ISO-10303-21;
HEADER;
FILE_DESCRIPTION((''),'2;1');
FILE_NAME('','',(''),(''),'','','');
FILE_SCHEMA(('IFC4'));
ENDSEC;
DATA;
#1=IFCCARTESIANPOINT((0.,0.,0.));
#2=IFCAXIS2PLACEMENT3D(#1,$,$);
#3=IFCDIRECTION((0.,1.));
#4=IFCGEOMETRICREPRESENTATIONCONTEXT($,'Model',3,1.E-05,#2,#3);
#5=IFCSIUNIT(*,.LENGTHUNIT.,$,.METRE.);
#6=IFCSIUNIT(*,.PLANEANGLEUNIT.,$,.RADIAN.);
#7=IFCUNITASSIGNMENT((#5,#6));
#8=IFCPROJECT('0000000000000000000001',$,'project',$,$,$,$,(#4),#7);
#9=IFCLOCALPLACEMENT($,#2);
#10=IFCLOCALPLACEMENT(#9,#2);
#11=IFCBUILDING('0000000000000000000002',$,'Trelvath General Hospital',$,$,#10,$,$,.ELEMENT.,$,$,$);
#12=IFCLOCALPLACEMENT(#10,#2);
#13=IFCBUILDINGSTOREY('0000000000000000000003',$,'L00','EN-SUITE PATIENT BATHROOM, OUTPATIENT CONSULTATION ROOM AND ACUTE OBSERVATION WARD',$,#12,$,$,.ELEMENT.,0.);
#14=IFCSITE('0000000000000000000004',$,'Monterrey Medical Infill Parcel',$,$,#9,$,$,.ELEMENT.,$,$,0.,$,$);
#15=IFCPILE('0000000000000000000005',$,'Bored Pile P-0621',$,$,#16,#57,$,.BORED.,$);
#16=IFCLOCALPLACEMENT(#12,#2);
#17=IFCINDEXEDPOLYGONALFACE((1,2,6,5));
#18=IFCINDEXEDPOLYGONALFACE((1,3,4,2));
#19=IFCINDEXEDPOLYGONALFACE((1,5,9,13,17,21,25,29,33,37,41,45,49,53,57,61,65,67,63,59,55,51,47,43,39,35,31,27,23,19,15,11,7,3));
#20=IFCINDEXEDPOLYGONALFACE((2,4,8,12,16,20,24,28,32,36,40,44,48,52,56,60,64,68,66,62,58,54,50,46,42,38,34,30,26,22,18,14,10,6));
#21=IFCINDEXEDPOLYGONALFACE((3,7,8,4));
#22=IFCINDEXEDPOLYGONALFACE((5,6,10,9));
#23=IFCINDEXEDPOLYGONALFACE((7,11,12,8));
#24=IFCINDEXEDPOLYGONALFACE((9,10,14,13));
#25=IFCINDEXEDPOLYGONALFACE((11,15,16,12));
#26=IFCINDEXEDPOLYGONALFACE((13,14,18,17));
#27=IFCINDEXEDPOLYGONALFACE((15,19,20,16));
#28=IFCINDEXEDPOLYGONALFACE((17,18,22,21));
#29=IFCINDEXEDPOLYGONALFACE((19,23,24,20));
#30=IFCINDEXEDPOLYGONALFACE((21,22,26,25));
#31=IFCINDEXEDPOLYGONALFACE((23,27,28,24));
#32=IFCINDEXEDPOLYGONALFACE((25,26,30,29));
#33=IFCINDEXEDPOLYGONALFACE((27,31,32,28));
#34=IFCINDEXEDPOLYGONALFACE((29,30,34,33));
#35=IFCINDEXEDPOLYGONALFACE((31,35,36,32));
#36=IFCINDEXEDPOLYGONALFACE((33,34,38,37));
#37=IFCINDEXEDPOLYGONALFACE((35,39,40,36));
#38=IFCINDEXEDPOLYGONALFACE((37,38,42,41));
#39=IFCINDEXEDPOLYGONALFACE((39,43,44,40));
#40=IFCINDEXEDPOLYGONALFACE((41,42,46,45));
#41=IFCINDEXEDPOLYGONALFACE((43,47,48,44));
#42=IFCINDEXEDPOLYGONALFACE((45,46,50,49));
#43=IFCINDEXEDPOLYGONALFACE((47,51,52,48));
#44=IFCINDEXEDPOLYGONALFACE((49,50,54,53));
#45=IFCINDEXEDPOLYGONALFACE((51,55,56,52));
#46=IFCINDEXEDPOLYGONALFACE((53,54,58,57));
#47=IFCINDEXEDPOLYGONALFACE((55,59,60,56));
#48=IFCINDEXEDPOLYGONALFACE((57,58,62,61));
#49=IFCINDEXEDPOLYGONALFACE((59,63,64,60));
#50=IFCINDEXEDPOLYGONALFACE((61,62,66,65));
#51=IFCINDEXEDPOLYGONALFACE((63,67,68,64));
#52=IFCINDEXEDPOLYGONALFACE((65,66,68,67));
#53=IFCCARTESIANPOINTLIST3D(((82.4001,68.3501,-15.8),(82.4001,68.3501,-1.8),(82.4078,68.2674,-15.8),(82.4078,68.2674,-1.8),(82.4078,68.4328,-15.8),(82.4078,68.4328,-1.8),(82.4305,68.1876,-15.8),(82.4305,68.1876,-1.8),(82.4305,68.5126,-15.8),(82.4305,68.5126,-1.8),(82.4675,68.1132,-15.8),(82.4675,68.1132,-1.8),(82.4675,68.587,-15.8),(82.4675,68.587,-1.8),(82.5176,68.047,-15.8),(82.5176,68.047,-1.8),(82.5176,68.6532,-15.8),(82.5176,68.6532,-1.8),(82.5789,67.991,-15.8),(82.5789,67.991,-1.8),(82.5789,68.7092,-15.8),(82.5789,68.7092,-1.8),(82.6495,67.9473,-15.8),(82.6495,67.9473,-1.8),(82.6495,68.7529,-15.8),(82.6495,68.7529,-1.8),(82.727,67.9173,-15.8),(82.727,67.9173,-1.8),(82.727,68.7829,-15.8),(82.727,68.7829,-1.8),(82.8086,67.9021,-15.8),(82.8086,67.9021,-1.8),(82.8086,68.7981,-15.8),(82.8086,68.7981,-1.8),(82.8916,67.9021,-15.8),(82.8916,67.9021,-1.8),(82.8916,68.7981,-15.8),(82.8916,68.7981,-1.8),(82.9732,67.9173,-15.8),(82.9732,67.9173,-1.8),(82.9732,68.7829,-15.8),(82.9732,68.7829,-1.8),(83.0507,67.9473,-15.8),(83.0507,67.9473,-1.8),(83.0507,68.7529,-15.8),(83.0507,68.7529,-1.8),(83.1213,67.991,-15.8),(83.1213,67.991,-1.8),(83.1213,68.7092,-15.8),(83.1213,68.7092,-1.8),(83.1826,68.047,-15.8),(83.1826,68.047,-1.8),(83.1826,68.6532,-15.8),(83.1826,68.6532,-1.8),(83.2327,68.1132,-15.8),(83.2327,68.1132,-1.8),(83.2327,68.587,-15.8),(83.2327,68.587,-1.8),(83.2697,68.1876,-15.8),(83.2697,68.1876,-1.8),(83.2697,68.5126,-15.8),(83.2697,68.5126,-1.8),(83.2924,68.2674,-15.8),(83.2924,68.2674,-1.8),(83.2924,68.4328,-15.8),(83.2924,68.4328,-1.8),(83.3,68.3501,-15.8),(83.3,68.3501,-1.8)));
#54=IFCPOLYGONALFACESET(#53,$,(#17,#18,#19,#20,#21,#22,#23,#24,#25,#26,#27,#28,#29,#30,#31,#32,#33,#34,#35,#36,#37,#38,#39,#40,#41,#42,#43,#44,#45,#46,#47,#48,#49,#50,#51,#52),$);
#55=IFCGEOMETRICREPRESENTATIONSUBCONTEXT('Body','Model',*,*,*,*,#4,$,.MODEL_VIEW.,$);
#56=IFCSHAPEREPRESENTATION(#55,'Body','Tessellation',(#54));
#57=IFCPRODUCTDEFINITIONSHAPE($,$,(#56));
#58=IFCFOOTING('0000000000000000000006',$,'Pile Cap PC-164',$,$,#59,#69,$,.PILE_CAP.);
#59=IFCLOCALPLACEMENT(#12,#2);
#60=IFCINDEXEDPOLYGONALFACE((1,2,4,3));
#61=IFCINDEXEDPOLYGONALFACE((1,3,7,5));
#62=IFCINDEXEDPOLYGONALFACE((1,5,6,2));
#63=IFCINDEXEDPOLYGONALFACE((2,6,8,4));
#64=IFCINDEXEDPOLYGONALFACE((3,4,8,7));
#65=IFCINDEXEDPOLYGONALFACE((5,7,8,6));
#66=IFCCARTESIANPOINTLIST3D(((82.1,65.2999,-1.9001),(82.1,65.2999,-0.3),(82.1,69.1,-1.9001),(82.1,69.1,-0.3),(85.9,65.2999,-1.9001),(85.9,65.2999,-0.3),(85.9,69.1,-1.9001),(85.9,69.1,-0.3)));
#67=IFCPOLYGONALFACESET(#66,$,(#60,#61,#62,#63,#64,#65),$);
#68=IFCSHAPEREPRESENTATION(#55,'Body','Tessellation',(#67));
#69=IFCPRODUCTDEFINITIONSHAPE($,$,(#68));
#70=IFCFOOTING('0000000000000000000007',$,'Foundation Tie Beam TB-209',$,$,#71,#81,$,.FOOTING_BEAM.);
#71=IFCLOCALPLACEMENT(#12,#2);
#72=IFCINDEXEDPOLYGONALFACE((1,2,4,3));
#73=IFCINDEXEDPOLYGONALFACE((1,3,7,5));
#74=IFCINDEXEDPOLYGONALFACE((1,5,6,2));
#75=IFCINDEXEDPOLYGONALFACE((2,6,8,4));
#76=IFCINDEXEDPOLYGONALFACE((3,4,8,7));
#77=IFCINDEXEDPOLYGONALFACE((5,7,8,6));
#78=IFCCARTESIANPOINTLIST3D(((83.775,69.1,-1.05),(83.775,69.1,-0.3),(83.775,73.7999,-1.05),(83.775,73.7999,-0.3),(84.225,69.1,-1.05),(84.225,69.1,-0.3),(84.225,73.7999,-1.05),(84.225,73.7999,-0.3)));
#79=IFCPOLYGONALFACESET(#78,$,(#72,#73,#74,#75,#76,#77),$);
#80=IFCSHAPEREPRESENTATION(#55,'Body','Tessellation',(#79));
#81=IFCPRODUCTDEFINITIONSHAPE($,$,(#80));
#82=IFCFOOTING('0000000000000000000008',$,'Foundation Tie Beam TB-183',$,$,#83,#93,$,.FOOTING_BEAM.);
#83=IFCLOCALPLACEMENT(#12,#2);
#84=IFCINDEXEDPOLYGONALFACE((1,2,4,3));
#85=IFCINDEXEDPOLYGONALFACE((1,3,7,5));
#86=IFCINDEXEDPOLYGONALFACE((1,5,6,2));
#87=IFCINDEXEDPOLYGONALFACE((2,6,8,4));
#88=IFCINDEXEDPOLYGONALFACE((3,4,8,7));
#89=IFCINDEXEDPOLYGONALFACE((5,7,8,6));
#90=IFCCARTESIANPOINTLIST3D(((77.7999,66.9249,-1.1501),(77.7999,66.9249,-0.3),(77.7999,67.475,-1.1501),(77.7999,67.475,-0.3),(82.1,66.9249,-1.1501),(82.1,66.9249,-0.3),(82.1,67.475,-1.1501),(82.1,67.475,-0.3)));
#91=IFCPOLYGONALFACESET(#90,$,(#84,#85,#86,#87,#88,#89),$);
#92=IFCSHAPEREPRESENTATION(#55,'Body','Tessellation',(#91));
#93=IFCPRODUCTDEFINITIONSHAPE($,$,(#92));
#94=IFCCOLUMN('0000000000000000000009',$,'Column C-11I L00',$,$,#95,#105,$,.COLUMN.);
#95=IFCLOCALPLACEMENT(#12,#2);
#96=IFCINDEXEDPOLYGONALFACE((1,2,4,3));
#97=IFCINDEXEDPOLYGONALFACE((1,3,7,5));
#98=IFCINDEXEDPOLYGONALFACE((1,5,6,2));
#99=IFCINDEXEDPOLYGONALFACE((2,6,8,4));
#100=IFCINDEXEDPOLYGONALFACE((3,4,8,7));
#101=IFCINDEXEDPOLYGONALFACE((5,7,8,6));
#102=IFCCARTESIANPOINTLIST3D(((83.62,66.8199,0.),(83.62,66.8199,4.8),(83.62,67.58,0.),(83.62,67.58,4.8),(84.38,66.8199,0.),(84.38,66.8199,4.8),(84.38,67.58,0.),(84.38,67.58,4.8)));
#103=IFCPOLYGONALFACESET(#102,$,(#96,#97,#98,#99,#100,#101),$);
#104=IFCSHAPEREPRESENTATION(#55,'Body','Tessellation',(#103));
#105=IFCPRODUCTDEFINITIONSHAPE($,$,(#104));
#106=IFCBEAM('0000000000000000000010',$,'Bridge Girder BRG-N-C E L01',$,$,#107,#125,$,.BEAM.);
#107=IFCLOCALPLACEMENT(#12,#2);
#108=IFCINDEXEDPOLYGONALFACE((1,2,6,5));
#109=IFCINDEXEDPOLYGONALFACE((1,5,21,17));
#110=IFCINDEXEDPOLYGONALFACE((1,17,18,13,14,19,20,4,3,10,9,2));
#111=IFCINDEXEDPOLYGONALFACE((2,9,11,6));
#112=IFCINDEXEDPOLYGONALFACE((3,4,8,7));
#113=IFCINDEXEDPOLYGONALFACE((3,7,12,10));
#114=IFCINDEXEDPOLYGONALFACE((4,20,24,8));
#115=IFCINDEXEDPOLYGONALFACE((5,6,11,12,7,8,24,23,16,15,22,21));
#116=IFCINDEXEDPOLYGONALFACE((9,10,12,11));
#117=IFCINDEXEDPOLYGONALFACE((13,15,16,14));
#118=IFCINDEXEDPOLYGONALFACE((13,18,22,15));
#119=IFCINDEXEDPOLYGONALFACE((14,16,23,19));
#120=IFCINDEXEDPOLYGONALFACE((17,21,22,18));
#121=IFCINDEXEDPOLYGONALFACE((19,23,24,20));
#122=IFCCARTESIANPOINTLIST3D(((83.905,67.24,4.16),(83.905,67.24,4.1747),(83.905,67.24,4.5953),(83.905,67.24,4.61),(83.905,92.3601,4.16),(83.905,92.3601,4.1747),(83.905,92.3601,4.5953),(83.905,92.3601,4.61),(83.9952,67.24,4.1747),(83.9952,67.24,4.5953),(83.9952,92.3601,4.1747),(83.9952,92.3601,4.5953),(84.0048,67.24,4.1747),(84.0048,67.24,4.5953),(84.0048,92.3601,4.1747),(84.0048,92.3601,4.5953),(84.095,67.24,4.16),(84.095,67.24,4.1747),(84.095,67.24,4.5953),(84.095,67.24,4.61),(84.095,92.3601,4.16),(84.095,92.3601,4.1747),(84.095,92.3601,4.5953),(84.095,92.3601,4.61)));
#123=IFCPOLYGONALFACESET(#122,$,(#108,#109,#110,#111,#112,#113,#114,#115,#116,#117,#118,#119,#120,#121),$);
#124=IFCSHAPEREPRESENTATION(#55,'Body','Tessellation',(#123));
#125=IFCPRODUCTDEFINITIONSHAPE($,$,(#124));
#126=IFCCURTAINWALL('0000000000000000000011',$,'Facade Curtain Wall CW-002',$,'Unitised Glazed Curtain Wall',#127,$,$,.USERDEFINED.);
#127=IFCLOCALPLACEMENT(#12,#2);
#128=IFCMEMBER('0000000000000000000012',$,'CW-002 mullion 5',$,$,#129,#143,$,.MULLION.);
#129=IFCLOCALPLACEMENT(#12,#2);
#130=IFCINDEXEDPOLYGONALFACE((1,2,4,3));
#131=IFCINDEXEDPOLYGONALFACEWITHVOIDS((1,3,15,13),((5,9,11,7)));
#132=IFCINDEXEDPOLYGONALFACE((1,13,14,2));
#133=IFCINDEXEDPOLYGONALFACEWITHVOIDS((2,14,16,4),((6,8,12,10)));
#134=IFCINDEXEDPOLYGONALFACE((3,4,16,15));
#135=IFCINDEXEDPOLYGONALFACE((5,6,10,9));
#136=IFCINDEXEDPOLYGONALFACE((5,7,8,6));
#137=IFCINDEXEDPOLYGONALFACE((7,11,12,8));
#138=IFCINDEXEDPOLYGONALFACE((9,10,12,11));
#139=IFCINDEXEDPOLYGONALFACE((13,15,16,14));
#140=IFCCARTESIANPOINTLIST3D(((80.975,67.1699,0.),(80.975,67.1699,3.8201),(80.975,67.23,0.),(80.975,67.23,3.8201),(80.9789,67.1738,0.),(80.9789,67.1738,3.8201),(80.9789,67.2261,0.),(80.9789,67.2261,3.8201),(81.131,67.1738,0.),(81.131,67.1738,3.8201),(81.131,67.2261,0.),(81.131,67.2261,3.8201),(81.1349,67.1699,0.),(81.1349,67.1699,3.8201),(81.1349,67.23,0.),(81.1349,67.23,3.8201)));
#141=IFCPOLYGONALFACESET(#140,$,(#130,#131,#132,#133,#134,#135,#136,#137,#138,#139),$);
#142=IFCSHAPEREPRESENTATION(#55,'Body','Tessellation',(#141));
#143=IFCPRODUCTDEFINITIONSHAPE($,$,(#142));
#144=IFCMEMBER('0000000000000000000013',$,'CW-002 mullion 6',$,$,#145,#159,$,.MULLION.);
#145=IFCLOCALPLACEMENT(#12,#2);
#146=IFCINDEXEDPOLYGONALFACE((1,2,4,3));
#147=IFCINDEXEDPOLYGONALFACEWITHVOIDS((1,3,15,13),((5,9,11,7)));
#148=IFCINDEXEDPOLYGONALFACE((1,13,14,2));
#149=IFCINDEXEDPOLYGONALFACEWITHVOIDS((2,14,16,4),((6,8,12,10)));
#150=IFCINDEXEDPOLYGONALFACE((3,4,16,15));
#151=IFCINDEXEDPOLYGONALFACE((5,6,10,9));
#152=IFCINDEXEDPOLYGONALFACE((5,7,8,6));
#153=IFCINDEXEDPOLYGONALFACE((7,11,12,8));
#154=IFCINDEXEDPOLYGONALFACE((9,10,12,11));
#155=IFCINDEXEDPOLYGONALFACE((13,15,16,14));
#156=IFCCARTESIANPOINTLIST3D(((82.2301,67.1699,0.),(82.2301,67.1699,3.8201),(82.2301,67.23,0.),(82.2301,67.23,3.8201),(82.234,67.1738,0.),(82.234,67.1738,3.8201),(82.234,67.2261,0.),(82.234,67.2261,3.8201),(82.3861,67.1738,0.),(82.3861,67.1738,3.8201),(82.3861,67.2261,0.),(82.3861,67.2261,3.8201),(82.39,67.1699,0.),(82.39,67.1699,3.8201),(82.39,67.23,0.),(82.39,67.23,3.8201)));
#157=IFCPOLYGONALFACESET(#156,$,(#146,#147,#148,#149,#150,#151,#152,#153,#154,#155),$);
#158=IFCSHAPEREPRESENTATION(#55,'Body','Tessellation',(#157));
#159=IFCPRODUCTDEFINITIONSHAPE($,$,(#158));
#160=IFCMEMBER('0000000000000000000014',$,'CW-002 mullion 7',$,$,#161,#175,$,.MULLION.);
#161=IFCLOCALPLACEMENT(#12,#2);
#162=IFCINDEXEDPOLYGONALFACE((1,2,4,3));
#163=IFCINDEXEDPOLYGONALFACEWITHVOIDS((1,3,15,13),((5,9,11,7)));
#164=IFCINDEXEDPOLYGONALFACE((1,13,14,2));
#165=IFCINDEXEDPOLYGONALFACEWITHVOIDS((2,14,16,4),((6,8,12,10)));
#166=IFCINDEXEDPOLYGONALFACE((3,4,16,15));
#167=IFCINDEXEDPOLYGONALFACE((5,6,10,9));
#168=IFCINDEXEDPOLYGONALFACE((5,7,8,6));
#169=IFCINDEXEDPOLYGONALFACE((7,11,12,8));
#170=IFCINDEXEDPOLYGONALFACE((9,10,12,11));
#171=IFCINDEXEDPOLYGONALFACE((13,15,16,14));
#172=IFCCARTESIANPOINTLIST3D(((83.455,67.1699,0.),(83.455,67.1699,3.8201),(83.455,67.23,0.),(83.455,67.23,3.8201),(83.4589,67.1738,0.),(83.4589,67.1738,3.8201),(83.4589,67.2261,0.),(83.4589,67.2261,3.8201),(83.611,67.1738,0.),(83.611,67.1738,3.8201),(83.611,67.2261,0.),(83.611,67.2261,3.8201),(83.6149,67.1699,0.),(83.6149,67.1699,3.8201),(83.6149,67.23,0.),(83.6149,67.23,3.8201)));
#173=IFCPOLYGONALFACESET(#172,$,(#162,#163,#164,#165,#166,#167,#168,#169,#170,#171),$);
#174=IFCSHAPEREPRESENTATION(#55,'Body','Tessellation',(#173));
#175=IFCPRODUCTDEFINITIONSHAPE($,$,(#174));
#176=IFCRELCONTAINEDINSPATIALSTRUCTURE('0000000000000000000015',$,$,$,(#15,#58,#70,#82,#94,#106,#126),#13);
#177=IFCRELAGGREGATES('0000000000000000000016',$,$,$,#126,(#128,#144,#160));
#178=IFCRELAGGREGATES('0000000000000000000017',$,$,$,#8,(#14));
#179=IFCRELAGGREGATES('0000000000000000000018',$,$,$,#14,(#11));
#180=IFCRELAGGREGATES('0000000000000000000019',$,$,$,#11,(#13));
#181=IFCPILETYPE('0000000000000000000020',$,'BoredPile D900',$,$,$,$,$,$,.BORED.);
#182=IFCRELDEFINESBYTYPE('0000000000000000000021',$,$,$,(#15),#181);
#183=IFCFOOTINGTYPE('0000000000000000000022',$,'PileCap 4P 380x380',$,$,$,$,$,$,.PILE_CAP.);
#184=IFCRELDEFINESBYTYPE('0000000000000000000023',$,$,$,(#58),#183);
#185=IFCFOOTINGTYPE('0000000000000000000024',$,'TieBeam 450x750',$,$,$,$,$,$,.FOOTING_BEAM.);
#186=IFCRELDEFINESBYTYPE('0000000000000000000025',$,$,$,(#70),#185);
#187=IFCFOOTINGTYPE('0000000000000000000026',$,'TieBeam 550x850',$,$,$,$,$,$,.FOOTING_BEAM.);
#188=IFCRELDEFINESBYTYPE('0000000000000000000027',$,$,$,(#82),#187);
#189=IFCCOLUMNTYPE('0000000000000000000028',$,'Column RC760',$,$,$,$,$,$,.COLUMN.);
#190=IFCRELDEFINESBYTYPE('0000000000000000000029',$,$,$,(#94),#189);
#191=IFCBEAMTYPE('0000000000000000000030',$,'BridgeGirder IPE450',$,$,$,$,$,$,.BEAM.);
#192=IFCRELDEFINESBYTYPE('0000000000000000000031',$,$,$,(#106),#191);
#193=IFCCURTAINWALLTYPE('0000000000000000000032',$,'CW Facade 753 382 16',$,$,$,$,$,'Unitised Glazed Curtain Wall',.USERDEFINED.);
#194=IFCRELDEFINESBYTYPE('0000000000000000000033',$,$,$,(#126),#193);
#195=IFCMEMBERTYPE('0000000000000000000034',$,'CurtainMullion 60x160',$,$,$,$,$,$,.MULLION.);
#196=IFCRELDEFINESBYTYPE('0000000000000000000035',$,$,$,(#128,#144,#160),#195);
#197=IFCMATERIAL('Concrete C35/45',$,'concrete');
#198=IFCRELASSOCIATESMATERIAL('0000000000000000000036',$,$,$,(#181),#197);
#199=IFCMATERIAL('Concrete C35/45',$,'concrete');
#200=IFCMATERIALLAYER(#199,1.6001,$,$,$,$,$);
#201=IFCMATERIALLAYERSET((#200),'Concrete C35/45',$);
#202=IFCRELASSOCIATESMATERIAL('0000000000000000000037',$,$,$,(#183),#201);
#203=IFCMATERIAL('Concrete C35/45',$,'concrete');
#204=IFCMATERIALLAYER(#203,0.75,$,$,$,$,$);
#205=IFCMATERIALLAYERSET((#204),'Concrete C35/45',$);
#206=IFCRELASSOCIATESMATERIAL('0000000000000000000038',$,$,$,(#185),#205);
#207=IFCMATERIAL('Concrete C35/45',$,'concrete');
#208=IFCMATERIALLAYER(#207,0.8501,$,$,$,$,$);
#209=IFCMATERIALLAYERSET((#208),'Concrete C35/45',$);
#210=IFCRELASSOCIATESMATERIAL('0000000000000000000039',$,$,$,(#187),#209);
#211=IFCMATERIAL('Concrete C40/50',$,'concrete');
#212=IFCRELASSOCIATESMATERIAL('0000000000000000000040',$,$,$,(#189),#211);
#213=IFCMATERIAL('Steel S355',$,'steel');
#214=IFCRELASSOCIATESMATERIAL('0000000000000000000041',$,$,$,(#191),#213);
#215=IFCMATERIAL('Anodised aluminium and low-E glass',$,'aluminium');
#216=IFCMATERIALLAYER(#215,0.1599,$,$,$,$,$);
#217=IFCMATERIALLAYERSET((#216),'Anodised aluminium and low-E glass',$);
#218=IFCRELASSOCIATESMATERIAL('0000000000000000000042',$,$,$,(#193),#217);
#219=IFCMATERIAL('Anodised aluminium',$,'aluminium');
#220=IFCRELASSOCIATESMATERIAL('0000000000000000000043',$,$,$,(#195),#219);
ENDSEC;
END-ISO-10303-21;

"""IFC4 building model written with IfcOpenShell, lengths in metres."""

from ifc_helpers import new_model, si_unit, direction, frame, origin, origin_2d, place, context, subcontext, project, spatial, rectangle, hollow_rectangle, circle, i_section, extrude, material, layer, layer_set, material_profile, profile_set, type_object, element, aggregate, save


model = new_model("IFC4")

# Units and contexts
model_context = context("Model", 3, precision=1e-05, world=origin(), true_north=direction((0.0, 1.0)))
body_context = subcontext(model_context, "Body", "Model", "MODEL_VIEW")
ifc_project = project(units=[si_unit("LENGTHUNIT", "METRE"), si_unit("PLANEANGLEUNIT", "RADIAN")], contexts=[model_context])

# Site, building, storey
site_placement = place(None, origin())
site = spatial("IfcSite", under=ifc_project, at=site_placement, Name="Monterrey Medical Infill Parcel", CompositionType="ELEMENT", RefElevation=0.0)
building_placement = place(site_placement, origin())
building = spatial("IfcBuilding", under=site, at=building_placement, Name="Trelvath General Hospital", CompositionType="ELEMENT")
storey_placement = place(building_placement, origin())
storey = spatial("IfcBuildingStorey", under=building, at=storey_placement, Name="L00", Description="EN-SUITE PATIENT BATHROOM, OUTPATIENT CONSULTATION ROOM AND ACUTE OBSERVATION WARD", CompositionType="ELEMENT", Elevation=0.0)

# Pile
ifc_material_1 = material(Name="Concrete C35/45", Category="concrete")
ifc_material_profile_1 = material_profile(ifc_material_1, circle(Radius=0.45, at=origin_2d()), Name="PILE900")
ifc_profile_set_1 = profile_set([ifc_material_profile_1], Name="Concrete C35/45")
pile_type = type_object("IfcPileType", Name="BoredPile D900", PredefinedType="BORED", material=ifc_profile_set_1)
pile_placement = place(storey_placement, frame((82.8501, 68.3501, -1.8), z_axis=(0.0, 0.0, -1.0), x_axis=(1.0, 0.0, 0.0)))
element("IfcPile", 1, at=pile_placement, inside=storey, type_object=pile_type, Name="Bored Pile P-0621", PredefinedType="BORED", context=body_context, shape_type="SweptSolid", body=[
    extrude(circle(Radius=0.45, at=origin_2d()), origin(), (0.0, 0.0, 1.0), 14.0),
])

# Footings
ifc_material_2 = material(Name="Concrete C35/45", Category="concrete")
ifc_layer_1 = layer(ifc_material_2, 1.6001)
ifc_layer_set_1 = layer_set([ifc_layer_1], Name="Concrete C35/45")
footing_type_1 = type_object("IfcFootingType", Name="PileCap 4P 380x380", PredefinedType="PILE_CAP", material=ifc_layer_set_1)
footing_1_placement = place(storey_placement, frame((84.0, 67.2, -1.9001), z_axis=(0.0, 0.0, 1.0), x_axis=(1.0, 0.0, 0.0)))
element("IfcFooting", 2, at=footing_1_placement, inside=storey, type_object=footing_type_1, Name="Pile Cap PC-164", PredefinedType="PILE_CAP", context=body_context, shape_type="SweptSolid", body=[
    extrude(rectangle(XDim=3.8, YDim=3.8, at=origin_2d()), origin(), (0.0, 0.0, 1.0), 1.6001),
])
ifc_material_3 = material(Name="Concrete C35/45", Category="concrete")
ifc_layer_2 = layer(ifc_material_3, 0.75)
ifc_layer_set_2 = layer_set([ifc_layer_2], Name="Concrete C35/45")
footing_type_2 = type_object("IfcFootingType", Name="TieBeam 450x750", PredefinedType="FOOTING_BEAM", material=ifc_layer_set_2)
footing_2_placement = place(storey_placement, frame((84.0, 71.45, -1.05), z_axis=(0.0, 0.0, 1.0), x_axis=(1.0, 0.0, 0.0)))
element("IfcFooting", 3, at=footing_2_placement, inside=storey, type_object=footing_type_2, Name="Foundation Tie Beam TB-209", PredefinedType="FOOTING_BEAM", context=body_context, shape_type="SweptSolid", body=[
    extrude(rectangle(XDim=0.45, YDim=4.7, at=origin_2d()), origin(), (0.0, 0.0, 1.0), 0.75),
])
ifc_material_4 = material(Name="Concrete C35/45", Category="concrete")
ifc_layer_3 = layer(ifc_material_4, 0.8501)
ifc_layer_set_3 = layer_set([ifc_layer_3], Name="Concrete C35/45")
footing_type_3 = type_object("IfcFootingType", Name="TieBeam 550x850", PredefinedType="FOOTING_BEAM", material=ifc_layer_set_3)
footing_3_placement = place(storey_placement, frame((79.95, 67.2, -1.1501), z_axis=(0.0, 0.0, 1.0), x_axis=(1.0, 0.0, 0.0)))
element("IfcFooting", 4, at=footing_3_placement, inside=storey, type_object=footing_type_3, Name="Foundation Tie Beam TB-183", PredefinedType="FOOTING_BEAM", context=body_context, shape_type="SweptSolid", body=[
    extrude(rectangle(XDim=4.3, YDim=0.55, at=origin_2d()), origin(), (0.0, 0.0, 1.0), 0.8501),
])

# Column
ifc_material_5 = material(Name="Concrete C40/50", Category="concrete")
ifc_material_profile_2 = material_profile(ifc_material_5, rectangle(XDim=0.76, YDim=0.76, at=origin_2d()), Name="RC760x760")
ifc_profile_set_2 = profile_set([ifc_material_profile_2], Name="Concrete C40/50")
column_type = type_object("IfcColumnType", Name="Column RC760", PredefinedType="COLUMN", material=ifc_profile_set_2)
column_placement = place(storey_placement, frame((84.0, 67.2, 0.0), z_axis=(0.0, 0.0, 1.0), x_axis=(1.0, 0.0, 0.0)))
element("IfcColumn", 5, at=column_placement, inside=storey, type_object=column_type, Name="Column C-11I L00", PredefinedType="COLUMN", context=body_context, shape_type="SweptSolid", body=[
    extrude(rectangle(XDim=0.76, YDim=0.76, at=origin_2d()), origin(), (0.0, 0.0, 1.0), 4.8),
])

# Beam
ifc_material_6 = material(Name="Steel S355", Category="steel")
ifc_material_profile_3 = material_profile(ifc_material_6, i_section(OverallWidth=0.1899, OverallDepth=0.45, WebThickness=0.0095, FlangeThickness=0.0146, at=origin_2d()), Name="IPE450")
ifc_profile_set_3 = profile_set([ifc_material_profile_3], Name="Steel S355")
beam_type = type_object("IfcBeamType", Name="BridgeGirder IPE450", PredefinedType="BEAM", material=ifc_profile_set_3)
beam_placement = place(storey_placement, frame((84.0, 67.24, 4.385), z_axis=(0.0, 1.0, 0.0), x_axis=(-1.0, 0.0, 0.0)))
element("IfcBeam", 6, at=beam_placement, inside=storey, type_object=beam_type, Name="Bridge Girder BRG-N-C E L01", PredefinedType="BEAM", context=body_context, shape_type="SweptSolid", body=[
    extrude(i_section(OverallWidth=0.1899, OverallDepth=0.45, WebThickness=0.0095, FlangeThickness=0.0146, at=origin_2d()), origin(), (0.0, 0.0, 1.0), 25.1201),
])

# Curtain wall, members
ifc_material_7 = material(Name="Anodised aluminium and low-E glass", Category="aluminium")
ifc_layer_4 = layer(ifc_material_7, 0.1599)
ifc_layer_set_4 = layer_set([ifc_layer_4], Name="Anodised aluminium and low-E glass")
curtain_wall_type = type_object("IfcCurtainWallType", Name="CW Facade 753 382 16", ElementType="Unitised Glazed Curtain Wall", PredefinedType="USERDEFINED", material=ifc_layer_set_4)
curtain_wall_placement = place(storey_placement, origin())
curtain_wall = element("IfcCurtainWall", 7, at=curtain_wall_placement, inside=storey, type_object=curtain_wall_type, Name="Facade Curtain Wall CW-002", ObjectType="Unitised Glazed Curtain Wall", PredefinedType="USERDEFINED")
ifc_material_8 = material(Name="Anodised aluminium", Category="aluminium")
ifc_material_profile_4 = material_profile(ifc_material_8, hollow_rectangle(XDim=0.0601, YDim=0.1599, WallThickness=0.0039, at=origin_2d()), Name="RHS60x160x4")
ifc_profile_set_4 = profile_set([ifc_material_profile_4], Name="Anodised aluminium")
member_type_1 = type_object("IfcMemberType", Name="CurtainMullion 60x160", PredefinedType="MULLION", material=ifc_profile_set_4)
member_1_placement = place(storey_placement, frame((81.0549, 67.2, 0.0), z_axis=(0.0, 0.0, 1.0), x_axis=(0.0, 1.0, 0.0)))
member_1 = element("IfcMember", 8, at=member_1_placement, type_object=member_type_1, Name="CW-002 mullion 5", PredefinedType="MULLION", context=body_context, shape_type="SweptSolid", body=[
    extrude(hollow_rectangle(XDim=0.0601, YDim=0.1599, WallThickness=0.0039, at=origin_2d()), origin(), (0.0, 0.0, 1.0), 3.8201),
])
member_2_placement = place(storey_placement, frame((82.3101, 67.2, 0.0), z_axis=(0.0, 0.0, 1.0), x_axis=(0.0, 1.0, 0.0)))
member_2 = element("IfcMember", 9, at=member_2_placement, type_object=member_type_1, Name="CW-002 mullion 6", PredefinedType="MULLION", context=body_context, shape_type="SweptSolid", body=[
    extrude(hollow_rectangle(XDim=0.0601, YDim=0.1599, WallThickness=0.0039, at=origin_2d()), origin(), (0.0, 0.0, 1.0), 3.8201),
])
member_3_placement = place(storey_placement, frame((83.5349, 67.2, 0.0), z_axis=(0.0, 0.0, 1.0), x_axis=(0.0, 1.0, 0.0)))
member_3 = element("IfcMember", 10, at=member_3_placement, type_object=member_type_1, Name="CW-002 mullion 7", PredefinedType="MULLION", context=body_context, shape_type="SweptSolid", body=[
    extrude(hollow_rectangle(XDim=0.0601, YDim=0.1599, WallThickness=0.0039, at=origin_2d()), origin(), (0.0, 0.0, 1.0), 3.8201),
])

aggregate(curtain_wall, [member_1, member_2, member_3])

save(model, "model.ifc")
